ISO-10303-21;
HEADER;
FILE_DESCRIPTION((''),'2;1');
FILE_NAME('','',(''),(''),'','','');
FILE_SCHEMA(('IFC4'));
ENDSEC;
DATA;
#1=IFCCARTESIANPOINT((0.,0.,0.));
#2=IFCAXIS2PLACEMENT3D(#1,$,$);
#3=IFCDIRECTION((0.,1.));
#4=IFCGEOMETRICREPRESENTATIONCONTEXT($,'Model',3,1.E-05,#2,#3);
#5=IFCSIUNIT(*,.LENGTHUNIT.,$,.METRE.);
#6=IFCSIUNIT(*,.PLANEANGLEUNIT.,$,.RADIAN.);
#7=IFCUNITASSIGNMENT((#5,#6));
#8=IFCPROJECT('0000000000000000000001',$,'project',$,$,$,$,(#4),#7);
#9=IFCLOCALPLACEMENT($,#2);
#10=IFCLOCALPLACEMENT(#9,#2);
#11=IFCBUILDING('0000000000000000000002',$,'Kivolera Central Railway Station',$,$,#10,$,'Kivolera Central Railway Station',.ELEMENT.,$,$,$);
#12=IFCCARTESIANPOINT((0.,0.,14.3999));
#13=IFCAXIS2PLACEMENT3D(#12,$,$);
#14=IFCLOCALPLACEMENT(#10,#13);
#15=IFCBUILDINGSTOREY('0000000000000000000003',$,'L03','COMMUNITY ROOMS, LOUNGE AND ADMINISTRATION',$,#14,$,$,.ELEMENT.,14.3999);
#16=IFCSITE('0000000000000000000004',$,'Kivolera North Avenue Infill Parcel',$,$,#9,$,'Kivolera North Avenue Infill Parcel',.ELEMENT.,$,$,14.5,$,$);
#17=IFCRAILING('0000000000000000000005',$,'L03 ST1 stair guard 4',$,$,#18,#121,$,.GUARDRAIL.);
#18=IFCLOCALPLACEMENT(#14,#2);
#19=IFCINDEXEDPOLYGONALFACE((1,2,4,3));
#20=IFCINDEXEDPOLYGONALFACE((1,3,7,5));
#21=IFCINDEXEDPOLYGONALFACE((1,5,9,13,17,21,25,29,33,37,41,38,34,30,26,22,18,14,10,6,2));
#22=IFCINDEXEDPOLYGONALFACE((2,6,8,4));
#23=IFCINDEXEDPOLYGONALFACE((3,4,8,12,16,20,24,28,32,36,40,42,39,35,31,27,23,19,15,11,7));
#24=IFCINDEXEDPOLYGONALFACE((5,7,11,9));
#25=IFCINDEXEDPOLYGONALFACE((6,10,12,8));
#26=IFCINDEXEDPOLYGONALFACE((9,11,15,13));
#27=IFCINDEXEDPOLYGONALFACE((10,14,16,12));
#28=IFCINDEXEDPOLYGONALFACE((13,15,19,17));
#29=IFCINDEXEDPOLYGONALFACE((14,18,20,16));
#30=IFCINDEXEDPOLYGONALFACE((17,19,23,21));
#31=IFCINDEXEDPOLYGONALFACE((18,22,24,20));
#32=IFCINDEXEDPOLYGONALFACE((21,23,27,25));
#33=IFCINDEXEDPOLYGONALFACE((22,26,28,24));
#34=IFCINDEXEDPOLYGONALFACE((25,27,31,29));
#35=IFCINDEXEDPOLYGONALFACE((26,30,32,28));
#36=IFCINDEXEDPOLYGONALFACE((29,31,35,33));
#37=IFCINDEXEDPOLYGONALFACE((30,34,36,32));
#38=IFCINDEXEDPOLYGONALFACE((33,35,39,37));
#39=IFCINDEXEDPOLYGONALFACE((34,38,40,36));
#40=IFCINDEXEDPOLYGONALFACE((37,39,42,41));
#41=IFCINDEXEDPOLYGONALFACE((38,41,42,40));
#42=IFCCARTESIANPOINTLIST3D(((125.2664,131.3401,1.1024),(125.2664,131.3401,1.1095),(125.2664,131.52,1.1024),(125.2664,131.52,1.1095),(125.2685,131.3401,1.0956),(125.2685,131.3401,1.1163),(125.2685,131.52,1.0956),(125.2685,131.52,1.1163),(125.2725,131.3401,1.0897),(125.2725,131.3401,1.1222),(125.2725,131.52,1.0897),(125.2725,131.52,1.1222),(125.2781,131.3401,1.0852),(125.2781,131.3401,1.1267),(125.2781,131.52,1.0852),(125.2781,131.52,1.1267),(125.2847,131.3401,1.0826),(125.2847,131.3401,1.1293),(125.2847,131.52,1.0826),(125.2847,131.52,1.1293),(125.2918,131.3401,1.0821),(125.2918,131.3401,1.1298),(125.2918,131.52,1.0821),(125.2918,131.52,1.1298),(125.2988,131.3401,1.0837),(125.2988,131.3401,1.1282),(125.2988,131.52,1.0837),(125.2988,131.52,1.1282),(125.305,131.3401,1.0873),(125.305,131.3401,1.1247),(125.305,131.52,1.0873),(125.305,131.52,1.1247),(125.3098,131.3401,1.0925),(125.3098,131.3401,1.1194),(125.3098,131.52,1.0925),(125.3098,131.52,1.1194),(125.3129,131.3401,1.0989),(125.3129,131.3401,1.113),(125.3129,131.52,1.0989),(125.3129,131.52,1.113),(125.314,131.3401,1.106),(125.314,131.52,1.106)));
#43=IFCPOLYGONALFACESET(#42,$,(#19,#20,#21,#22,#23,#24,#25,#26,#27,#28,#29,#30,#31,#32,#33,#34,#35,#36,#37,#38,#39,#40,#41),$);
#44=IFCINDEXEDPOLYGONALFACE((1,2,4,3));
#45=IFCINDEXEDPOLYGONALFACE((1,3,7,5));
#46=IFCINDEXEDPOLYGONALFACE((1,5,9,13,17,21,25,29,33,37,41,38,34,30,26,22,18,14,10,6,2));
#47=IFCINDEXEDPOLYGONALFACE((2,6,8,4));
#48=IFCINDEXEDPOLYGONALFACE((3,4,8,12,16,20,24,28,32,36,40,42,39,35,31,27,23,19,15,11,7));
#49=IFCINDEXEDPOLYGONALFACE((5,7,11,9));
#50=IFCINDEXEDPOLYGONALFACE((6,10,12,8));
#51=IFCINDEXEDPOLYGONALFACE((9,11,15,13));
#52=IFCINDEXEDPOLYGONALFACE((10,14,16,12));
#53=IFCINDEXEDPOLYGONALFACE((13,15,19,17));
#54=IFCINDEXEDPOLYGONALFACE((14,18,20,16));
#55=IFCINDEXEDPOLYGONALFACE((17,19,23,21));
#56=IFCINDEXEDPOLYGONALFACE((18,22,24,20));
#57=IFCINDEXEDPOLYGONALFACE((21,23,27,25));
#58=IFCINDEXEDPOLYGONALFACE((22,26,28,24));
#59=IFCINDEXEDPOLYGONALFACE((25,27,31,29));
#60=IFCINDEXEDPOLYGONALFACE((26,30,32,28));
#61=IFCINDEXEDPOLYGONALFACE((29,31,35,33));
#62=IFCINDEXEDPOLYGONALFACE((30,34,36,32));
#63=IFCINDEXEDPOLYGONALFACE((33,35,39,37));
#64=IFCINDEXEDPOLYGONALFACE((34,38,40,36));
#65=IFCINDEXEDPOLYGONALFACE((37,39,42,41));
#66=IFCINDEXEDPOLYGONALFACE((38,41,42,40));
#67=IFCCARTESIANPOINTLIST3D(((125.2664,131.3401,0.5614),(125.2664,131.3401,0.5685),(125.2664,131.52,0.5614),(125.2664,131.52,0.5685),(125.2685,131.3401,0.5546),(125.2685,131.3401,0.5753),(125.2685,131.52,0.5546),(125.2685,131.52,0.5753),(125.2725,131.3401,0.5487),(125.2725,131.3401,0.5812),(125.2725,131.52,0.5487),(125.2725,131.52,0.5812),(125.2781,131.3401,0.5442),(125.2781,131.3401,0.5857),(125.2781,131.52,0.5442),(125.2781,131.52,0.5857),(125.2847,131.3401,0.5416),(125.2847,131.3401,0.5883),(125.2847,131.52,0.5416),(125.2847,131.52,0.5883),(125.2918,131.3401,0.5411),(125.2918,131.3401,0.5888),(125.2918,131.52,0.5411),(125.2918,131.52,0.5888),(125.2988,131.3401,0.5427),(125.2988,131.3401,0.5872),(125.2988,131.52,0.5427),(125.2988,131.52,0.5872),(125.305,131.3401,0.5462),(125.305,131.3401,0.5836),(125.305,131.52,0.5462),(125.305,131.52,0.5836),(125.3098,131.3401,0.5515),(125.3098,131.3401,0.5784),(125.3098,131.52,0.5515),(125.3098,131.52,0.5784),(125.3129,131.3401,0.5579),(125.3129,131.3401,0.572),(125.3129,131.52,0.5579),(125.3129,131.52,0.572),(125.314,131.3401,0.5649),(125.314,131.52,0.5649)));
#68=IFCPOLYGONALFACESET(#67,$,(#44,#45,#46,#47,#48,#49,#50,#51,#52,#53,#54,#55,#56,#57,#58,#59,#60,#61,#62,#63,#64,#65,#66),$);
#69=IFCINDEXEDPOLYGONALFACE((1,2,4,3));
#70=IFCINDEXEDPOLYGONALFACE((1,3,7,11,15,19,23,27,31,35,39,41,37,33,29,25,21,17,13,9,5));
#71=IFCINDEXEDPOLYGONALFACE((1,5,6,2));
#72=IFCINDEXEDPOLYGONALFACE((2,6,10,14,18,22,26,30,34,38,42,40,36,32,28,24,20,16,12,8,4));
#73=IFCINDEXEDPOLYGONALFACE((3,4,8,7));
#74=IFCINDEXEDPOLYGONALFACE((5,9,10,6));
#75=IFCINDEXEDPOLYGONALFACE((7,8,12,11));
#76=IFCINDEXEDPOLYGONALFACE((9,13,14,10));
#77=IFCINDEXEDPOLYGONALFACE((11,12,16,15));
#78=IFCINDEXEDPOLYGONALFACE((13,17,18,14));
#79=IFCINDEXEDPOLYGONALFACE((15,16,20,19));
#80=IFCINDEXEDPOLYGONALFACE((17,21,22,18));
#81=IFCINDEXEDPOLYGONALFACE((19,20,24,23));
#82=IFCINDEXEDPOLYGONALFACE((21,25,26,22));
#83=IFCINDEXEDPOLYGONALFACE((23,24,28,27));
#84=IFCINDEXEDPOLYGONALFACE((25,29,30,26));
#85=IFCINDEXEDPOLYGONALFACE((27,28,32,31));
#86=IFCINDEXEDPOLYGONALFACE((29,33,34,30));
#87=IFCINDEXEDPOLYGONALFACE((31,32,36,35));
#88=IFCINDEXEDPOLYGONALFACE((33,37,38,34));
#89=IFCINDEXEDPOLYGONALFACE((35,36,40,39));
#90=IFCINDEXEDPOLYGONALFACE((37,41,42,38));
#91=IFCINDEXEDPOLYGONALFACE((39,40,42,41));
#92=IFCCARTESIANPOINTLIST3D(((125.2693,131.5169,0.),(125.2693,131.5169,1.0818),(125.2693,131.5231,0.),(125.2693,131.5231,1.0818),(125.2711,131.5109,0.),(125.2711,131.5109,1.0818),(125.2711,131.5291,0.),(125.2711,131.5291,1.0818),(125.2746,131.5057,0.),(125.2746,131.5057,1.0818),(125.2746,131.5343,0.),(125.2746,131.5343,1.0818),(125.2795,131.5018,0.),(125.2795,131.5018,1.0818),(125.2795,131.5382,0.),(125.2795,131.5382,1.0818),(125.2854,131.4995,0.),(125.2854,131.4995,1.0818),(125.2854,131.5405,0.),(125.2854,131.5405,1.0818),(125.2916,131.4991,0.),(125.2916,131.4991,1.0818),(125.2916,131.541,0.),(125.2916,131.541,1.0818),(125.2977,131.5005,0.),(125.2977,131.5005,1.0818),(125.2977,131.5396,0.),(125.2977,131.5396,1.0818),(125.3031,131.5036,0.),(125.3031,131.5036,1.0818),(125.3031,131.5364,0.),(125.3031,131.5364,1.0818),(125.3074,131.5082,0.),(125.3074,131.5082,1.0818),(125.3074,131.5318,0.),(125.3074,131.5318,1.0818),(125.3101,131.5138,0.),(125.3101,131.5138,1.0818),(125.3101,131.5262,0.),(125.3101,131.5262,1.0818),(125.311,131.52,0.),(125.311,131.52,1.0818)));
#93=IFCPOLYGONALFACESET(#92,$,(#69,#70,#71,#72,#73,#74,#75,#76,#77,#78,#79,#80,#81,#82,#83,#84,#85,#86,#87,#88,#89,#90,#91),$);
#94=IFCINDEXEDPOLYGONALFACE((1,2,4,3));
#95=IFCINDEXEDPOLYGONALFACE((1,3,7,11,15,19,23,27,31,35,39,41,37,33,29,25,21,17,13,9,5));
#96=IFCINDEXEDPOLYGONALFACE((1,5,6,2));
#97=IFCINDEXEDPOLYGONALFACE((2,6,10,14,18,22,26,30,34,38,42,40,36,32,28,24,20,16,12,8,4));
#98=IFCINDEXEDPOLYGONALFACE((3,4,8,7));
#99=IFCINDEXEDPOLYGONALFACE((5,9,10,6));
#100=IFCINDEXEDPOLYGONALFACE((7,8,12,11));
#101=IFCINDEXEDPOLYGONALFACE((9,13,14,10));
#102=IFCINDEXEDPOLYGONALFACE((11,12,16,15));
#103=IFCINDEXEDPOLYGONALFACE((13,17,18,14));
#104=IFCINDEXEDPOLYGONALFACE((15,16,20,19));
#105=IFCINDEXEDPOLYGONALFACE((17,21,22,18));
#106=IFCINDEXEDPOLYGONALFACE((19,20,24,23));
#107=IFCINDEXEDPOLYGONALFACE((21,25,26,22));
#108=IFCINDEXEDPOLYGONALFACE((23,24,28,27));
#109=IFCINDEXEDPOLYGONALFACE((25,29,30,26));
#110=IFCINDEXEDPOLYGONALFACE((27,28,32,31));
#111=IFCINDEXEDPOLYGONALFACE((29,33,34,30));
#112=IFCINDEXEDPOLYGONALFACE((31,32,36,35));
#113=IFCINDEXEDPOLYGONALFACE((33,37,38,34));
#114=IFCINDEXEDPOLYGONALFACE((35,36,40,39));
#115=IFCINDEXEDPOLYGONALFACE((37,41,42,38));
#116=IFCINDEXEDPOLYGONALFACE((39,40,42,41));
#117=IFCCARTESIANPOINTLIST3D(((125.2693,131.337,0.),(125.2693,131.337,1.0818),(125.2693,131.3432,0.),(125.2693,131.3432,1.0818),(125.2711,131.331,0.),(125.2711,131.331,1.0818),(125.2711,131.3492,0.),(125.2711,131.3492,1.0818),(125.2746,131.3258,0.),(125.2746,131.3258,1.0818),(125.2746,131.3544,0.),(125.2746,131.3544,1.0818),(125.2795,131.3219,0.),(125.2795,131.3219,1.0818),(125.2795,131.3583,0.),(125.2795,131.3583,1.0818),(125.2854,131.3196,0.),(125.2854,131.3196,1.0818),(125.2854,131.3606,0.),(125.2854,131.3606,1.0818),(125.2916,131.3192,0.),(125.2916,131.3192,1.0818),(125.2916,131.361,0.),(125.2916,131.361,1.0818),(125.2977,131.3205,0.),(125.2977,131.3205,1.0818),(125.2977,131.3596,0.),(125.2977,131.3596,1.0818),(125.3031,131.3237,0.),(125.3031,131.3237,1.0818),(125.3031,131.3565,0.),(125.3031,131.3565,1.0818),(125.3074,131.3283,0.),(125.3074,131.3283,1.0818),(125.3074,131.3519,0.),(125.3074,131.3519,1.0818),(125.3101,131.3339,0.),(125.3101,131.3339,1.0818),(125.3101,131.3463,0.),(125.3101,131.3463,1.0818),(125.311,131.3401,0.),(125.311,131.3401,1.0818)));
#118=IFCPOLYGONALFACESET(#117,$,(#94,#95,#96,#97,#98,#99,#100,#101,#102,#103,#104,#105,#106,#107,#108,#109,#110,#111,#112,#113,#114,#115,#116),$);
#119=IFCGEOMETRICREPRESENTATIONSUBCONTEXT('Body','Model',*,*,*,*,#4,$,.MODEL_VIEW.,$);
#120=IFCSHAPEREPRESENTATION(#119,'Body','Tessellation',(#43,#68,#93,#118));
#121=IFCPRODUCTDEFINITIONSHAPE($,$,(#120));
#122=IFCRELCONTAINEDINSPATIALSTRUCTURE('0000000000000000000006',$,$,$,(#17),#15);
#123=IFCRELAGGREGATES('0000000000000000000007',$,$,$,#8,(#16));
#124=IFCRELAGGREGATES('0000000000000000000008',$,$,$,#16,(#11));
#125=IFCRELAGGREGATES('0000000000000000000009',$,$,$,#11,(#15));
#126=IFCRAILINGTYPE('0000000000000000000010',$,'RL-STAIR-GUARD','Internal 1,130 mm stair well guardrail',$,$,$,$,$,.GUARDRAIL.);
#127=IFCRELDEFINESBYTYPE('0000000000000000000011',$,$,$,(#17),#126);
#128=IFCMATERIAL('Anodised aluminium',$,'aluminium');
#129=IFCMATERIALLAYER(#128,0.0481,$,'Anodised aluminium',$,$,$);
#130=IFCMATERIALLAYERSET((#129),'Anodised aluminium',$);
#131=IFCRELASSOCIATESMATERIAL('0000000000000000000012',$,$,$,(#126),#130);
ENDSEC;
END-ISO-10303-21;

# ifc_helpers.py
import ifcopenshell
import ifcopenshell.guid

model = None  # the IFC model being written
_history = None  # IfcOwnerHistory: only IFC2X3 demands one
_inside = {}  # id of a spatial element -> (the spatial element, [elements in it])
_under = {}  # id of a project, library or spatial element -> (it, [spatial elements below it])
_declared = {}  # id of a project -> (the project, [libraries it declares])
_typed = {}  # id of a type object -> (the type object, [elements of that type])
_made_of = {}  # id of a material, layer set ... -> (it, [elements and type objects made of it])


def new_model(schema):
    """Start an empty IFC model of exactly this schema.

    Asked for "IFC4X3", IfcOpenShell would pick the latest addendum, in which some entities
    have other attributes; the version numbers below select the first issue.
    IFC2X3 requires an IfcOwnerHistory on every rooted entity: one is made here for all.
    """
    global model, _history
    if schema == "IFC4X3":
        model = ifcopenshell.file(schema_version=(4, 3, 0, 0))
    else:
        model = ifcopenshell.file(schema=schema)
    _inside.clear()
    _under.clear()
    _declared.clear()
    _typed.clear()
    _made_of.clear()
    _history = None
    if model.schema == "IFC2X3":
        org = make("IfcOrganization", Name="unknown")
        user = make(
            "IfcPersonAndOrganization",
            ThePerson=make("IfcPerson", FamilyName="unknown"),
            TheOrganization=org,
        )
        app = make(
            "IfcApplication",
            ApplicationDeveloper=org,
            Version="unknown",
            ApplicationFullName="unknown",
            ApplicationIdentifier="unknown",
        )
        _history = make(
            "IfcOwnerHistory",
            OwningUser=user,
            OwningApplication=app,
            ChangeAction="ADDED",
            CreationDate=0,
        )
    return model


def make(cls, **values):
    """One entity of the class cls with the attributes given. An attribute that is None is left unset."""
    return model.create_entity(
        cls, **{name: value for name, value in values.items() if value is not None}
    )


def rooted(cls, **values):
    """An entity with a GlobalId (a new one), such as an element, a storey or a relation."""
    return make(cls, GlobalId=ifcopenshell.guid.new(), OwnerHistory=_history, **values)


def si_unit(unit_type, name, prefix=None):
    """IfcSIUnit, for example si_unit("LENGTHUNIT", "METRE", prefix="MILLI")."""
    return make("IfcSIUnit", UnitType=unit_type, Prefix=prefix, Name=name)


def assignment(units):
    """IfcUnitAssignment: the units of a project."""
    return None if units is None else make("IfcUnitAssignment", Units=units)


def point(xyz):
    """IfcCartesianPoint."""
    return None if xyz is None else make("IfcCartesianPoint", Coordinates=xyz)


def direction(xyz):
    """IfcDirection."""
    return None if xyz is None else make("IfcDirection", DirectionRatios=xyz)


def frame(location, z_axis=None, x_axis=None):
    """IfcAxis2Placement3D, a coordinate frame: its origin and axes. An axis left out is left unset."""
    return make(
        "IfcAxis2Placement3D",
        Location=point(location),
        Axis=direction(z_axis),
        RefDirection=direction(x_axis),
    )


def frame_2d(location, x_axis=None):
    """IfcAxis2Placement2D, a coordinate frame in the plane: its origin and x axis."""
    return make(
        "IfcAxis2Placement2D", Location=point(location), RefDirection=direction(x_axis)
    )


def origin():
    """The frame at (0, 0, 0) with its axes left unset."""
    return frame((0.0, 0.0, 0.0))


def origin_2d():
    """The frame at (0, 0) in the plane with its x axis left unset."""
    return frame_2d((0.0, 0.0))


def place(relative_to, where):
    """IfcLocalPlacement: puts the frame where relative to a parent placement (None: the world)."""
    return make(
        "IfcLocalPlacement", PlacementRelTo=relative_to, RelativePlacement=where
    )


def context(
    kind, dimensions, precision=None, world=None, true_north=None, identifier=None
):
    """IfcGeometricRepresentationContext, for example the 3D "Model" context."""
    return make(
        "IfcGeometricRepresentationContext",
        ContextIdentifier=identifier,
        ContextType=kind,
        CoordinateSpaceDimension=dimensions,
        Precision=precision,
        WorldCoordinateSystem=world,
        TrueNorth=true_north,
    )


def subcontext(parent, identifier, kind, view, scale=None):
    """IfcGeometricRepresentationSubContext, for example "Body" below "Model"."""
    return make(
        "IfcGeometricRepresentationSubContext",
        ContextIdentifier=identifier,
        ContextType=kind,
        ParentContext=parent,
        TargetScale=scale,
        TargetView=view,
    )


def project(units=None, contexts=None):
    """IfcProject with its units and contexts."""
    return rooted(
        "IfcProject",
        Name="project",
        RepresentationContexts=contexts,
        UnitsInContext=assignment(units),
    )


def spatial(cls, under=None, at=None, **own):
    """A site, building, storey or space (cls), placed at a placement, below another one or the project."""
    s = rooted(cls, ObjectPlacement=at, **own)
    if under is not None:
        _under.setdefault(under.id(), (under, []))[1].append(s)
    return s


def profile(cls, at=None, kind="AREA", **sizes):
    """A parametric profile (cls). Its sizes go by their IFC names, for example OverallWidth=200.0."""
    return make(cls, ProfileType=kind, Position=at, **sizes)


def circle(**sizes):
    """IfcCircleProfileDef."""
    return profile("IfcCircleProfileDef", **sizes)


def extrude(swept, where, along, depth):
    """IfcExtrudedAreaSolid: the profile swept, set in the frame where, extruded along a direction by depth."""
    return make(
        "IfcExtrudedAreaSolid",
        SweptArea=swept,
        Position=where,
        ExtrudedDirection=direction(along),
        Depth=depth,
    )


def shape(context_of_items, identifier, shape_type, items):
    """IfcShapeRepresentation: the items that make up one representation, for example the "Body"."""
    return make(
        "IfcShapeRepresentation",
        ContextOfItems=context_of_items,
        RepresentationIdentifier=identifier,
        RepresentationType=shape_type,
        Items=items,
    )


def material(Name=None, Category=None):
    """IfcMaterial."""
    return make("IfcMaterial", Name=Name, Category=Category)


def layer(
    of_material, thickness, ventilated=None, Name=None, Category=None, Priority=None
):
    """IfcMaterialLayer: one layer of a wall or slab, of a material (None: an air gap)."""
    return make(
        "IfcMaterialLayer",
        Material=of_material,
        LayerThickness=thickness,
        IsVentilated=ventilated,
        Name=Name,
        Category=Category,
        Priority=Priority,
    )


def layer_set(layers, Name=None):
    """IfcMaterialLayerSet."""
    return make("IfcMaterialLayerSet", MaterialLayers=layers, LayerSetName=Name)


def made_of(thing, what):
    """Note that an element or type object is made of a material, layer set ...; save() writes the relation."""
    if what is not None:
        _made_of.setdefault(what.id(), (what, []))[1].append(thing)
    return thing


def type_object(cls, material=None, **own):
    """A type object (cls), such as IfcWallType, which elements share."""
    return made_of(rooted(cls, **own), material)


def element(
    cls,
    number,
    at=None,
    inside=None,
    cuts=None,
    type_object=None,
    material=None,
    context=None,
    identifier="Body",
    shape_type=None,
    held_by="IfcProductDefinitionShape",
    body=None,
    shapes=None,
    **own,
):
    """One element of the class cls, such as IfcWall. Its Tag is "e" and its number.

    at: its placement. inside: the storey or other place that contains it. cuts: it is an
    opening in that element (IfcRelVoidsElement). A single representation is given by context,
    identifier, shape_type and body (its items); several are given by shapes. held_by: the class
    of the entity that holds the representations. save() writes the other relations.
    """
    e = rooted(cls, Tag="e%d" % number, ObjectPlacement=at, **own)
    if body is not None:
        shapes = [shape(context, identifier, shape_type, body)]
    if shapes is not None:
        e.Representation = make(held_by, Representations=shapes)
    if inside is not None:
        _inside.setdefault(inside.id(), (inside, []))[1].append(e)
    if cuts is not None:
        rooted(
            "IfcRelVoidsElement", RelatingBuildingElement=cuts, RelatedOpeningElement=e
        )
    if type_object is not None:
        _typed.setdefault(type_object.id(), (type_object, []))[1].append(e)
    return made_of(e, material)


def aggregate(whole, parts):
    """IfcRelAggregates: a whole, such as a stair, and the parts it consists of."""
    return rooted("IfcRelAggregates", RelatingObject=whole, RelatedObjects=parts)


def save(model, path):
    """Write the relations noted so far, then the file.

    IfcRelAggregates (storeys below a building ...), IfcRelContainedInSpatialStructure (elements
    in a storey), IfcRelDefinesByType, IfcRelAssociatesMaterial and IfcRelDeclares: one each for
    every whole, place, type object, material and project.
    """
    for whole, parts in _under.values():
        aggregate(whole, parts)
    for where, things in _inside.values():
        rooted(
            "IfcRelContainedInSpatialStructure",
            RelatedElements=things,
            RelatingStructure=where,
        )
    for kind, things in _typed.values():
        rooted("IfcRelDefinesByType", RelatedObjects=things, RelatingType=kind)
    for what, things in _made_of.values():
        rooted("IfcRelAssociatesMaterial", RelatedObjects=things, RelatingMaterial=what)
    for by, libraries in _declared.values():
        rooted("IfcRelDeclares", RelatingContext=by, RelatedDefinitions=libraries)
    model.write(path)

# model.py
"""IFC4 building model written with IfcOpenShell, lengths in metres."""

from ifc_helpers import new_model, si_unit, direction, frame, origin, origin_2d, place, context, subcontext, project, spatial, circle, extrude, material, layer, layer_set, type_object, element, save


model = new_model("IFC4")

# Units and contexts
model_context = context("Model", 3, precision=1e-05, world=origin(), true_north=direction((0.0, 1.0)))
body_context = subcontext(model_context, "Body", "Model", "MODEL_VIEW")
ifc_project = project(units=[si_unit("LENGTHUNIT", "METRE"), si_unit("PLANEANGLEUNIT", "RADIAN")], contexts=[model_context])

# Site, building, storey
site_placement = place(None, origin())
site = spatial("IfcSite", under=ifc_project, at=site_placement, Name="Kivolera North Avenue Infill Parcel", LongName="Kivolera North Avenue Infill Parcel", CompositionType="ELEMENT", RefElevation=14.5)
building_placement = place(site_placement, origin())
building = spatial("IfcBuilding", under=site, at=building_placement, Name="Kivolera Central Railway Station", LongName="Kivolera Central Railway Station", CompositionType="ELEMENT")
storey_placement = place(building_placement, frame((0.0, 0.0, 14.3999)))
storey = spatial("IfcBuildingStorey", under=building, at=storey_placement, Name="L03", Description="COMMUNITY ROOMS, LOUNGE AND ADMINISTRATION", CompositionType="ELEMENT", Elevation=14.3999)

# Shared definitions
ifc_material_1 = material(Name="Anodised aluminium", Category="aluminium")

# Railing
ifc_layer_1 = layer(ifc_material_1, 0.0481, Name="Anodised aluminium")
ifc_layer_set_1 = layer_set([ifc_layer_1], Name="Anodised aluminium")
railing_type_1 = type_object("IfcRailingType", Name="RL-STAIR-GUARD", Description="Internal 1,130 mm stair well guardrail", PredefinedType="GUARDRAIL", material=ifc_layer_set_1)
railing_1_placement = place(storey_placement, frame((125.29, 131.52, 0.0)))
element("IfcRailing", 1, at=railing_1_placement, inside=storey, type_object=railing_type_1, Name="L03 ST1 stair guard 4", PredefinedType="GUARDRAIL", context=body_context, shape_type="SweptSolid", body=[
    extrude(circle(Radius=0.0239, at=origin_2d()), frame((0.0, 0.0, 1.106), z_axis=(0.0, -1.0, 0.0), x_axis=(1.0, 0.0, 0.0)), (0.0, 0.0, 1.0), 0.1799),
    extrude(circle(Radius=0.0239, at=origin_2d()), frame((0.0, 0.0, 0.5649), z_axis=(0.0, -1.0, 0.0), x_axis=(1.0, 0.0, 0.0)), (0.0, 0.0, 1.0), 0.1799),
    extrude(circle(Radius=0.021, at=origin_2d()), origin(), (0.0, 0.0, 1.0), 1.0818),
    extrude(circle(Radius=0.021, at=origin_2d()), frame((0.0, -0.1799, 0.0)), (0.0, 0.0, 1.0), 1.0818),
])

save(model, "model.ifc")
